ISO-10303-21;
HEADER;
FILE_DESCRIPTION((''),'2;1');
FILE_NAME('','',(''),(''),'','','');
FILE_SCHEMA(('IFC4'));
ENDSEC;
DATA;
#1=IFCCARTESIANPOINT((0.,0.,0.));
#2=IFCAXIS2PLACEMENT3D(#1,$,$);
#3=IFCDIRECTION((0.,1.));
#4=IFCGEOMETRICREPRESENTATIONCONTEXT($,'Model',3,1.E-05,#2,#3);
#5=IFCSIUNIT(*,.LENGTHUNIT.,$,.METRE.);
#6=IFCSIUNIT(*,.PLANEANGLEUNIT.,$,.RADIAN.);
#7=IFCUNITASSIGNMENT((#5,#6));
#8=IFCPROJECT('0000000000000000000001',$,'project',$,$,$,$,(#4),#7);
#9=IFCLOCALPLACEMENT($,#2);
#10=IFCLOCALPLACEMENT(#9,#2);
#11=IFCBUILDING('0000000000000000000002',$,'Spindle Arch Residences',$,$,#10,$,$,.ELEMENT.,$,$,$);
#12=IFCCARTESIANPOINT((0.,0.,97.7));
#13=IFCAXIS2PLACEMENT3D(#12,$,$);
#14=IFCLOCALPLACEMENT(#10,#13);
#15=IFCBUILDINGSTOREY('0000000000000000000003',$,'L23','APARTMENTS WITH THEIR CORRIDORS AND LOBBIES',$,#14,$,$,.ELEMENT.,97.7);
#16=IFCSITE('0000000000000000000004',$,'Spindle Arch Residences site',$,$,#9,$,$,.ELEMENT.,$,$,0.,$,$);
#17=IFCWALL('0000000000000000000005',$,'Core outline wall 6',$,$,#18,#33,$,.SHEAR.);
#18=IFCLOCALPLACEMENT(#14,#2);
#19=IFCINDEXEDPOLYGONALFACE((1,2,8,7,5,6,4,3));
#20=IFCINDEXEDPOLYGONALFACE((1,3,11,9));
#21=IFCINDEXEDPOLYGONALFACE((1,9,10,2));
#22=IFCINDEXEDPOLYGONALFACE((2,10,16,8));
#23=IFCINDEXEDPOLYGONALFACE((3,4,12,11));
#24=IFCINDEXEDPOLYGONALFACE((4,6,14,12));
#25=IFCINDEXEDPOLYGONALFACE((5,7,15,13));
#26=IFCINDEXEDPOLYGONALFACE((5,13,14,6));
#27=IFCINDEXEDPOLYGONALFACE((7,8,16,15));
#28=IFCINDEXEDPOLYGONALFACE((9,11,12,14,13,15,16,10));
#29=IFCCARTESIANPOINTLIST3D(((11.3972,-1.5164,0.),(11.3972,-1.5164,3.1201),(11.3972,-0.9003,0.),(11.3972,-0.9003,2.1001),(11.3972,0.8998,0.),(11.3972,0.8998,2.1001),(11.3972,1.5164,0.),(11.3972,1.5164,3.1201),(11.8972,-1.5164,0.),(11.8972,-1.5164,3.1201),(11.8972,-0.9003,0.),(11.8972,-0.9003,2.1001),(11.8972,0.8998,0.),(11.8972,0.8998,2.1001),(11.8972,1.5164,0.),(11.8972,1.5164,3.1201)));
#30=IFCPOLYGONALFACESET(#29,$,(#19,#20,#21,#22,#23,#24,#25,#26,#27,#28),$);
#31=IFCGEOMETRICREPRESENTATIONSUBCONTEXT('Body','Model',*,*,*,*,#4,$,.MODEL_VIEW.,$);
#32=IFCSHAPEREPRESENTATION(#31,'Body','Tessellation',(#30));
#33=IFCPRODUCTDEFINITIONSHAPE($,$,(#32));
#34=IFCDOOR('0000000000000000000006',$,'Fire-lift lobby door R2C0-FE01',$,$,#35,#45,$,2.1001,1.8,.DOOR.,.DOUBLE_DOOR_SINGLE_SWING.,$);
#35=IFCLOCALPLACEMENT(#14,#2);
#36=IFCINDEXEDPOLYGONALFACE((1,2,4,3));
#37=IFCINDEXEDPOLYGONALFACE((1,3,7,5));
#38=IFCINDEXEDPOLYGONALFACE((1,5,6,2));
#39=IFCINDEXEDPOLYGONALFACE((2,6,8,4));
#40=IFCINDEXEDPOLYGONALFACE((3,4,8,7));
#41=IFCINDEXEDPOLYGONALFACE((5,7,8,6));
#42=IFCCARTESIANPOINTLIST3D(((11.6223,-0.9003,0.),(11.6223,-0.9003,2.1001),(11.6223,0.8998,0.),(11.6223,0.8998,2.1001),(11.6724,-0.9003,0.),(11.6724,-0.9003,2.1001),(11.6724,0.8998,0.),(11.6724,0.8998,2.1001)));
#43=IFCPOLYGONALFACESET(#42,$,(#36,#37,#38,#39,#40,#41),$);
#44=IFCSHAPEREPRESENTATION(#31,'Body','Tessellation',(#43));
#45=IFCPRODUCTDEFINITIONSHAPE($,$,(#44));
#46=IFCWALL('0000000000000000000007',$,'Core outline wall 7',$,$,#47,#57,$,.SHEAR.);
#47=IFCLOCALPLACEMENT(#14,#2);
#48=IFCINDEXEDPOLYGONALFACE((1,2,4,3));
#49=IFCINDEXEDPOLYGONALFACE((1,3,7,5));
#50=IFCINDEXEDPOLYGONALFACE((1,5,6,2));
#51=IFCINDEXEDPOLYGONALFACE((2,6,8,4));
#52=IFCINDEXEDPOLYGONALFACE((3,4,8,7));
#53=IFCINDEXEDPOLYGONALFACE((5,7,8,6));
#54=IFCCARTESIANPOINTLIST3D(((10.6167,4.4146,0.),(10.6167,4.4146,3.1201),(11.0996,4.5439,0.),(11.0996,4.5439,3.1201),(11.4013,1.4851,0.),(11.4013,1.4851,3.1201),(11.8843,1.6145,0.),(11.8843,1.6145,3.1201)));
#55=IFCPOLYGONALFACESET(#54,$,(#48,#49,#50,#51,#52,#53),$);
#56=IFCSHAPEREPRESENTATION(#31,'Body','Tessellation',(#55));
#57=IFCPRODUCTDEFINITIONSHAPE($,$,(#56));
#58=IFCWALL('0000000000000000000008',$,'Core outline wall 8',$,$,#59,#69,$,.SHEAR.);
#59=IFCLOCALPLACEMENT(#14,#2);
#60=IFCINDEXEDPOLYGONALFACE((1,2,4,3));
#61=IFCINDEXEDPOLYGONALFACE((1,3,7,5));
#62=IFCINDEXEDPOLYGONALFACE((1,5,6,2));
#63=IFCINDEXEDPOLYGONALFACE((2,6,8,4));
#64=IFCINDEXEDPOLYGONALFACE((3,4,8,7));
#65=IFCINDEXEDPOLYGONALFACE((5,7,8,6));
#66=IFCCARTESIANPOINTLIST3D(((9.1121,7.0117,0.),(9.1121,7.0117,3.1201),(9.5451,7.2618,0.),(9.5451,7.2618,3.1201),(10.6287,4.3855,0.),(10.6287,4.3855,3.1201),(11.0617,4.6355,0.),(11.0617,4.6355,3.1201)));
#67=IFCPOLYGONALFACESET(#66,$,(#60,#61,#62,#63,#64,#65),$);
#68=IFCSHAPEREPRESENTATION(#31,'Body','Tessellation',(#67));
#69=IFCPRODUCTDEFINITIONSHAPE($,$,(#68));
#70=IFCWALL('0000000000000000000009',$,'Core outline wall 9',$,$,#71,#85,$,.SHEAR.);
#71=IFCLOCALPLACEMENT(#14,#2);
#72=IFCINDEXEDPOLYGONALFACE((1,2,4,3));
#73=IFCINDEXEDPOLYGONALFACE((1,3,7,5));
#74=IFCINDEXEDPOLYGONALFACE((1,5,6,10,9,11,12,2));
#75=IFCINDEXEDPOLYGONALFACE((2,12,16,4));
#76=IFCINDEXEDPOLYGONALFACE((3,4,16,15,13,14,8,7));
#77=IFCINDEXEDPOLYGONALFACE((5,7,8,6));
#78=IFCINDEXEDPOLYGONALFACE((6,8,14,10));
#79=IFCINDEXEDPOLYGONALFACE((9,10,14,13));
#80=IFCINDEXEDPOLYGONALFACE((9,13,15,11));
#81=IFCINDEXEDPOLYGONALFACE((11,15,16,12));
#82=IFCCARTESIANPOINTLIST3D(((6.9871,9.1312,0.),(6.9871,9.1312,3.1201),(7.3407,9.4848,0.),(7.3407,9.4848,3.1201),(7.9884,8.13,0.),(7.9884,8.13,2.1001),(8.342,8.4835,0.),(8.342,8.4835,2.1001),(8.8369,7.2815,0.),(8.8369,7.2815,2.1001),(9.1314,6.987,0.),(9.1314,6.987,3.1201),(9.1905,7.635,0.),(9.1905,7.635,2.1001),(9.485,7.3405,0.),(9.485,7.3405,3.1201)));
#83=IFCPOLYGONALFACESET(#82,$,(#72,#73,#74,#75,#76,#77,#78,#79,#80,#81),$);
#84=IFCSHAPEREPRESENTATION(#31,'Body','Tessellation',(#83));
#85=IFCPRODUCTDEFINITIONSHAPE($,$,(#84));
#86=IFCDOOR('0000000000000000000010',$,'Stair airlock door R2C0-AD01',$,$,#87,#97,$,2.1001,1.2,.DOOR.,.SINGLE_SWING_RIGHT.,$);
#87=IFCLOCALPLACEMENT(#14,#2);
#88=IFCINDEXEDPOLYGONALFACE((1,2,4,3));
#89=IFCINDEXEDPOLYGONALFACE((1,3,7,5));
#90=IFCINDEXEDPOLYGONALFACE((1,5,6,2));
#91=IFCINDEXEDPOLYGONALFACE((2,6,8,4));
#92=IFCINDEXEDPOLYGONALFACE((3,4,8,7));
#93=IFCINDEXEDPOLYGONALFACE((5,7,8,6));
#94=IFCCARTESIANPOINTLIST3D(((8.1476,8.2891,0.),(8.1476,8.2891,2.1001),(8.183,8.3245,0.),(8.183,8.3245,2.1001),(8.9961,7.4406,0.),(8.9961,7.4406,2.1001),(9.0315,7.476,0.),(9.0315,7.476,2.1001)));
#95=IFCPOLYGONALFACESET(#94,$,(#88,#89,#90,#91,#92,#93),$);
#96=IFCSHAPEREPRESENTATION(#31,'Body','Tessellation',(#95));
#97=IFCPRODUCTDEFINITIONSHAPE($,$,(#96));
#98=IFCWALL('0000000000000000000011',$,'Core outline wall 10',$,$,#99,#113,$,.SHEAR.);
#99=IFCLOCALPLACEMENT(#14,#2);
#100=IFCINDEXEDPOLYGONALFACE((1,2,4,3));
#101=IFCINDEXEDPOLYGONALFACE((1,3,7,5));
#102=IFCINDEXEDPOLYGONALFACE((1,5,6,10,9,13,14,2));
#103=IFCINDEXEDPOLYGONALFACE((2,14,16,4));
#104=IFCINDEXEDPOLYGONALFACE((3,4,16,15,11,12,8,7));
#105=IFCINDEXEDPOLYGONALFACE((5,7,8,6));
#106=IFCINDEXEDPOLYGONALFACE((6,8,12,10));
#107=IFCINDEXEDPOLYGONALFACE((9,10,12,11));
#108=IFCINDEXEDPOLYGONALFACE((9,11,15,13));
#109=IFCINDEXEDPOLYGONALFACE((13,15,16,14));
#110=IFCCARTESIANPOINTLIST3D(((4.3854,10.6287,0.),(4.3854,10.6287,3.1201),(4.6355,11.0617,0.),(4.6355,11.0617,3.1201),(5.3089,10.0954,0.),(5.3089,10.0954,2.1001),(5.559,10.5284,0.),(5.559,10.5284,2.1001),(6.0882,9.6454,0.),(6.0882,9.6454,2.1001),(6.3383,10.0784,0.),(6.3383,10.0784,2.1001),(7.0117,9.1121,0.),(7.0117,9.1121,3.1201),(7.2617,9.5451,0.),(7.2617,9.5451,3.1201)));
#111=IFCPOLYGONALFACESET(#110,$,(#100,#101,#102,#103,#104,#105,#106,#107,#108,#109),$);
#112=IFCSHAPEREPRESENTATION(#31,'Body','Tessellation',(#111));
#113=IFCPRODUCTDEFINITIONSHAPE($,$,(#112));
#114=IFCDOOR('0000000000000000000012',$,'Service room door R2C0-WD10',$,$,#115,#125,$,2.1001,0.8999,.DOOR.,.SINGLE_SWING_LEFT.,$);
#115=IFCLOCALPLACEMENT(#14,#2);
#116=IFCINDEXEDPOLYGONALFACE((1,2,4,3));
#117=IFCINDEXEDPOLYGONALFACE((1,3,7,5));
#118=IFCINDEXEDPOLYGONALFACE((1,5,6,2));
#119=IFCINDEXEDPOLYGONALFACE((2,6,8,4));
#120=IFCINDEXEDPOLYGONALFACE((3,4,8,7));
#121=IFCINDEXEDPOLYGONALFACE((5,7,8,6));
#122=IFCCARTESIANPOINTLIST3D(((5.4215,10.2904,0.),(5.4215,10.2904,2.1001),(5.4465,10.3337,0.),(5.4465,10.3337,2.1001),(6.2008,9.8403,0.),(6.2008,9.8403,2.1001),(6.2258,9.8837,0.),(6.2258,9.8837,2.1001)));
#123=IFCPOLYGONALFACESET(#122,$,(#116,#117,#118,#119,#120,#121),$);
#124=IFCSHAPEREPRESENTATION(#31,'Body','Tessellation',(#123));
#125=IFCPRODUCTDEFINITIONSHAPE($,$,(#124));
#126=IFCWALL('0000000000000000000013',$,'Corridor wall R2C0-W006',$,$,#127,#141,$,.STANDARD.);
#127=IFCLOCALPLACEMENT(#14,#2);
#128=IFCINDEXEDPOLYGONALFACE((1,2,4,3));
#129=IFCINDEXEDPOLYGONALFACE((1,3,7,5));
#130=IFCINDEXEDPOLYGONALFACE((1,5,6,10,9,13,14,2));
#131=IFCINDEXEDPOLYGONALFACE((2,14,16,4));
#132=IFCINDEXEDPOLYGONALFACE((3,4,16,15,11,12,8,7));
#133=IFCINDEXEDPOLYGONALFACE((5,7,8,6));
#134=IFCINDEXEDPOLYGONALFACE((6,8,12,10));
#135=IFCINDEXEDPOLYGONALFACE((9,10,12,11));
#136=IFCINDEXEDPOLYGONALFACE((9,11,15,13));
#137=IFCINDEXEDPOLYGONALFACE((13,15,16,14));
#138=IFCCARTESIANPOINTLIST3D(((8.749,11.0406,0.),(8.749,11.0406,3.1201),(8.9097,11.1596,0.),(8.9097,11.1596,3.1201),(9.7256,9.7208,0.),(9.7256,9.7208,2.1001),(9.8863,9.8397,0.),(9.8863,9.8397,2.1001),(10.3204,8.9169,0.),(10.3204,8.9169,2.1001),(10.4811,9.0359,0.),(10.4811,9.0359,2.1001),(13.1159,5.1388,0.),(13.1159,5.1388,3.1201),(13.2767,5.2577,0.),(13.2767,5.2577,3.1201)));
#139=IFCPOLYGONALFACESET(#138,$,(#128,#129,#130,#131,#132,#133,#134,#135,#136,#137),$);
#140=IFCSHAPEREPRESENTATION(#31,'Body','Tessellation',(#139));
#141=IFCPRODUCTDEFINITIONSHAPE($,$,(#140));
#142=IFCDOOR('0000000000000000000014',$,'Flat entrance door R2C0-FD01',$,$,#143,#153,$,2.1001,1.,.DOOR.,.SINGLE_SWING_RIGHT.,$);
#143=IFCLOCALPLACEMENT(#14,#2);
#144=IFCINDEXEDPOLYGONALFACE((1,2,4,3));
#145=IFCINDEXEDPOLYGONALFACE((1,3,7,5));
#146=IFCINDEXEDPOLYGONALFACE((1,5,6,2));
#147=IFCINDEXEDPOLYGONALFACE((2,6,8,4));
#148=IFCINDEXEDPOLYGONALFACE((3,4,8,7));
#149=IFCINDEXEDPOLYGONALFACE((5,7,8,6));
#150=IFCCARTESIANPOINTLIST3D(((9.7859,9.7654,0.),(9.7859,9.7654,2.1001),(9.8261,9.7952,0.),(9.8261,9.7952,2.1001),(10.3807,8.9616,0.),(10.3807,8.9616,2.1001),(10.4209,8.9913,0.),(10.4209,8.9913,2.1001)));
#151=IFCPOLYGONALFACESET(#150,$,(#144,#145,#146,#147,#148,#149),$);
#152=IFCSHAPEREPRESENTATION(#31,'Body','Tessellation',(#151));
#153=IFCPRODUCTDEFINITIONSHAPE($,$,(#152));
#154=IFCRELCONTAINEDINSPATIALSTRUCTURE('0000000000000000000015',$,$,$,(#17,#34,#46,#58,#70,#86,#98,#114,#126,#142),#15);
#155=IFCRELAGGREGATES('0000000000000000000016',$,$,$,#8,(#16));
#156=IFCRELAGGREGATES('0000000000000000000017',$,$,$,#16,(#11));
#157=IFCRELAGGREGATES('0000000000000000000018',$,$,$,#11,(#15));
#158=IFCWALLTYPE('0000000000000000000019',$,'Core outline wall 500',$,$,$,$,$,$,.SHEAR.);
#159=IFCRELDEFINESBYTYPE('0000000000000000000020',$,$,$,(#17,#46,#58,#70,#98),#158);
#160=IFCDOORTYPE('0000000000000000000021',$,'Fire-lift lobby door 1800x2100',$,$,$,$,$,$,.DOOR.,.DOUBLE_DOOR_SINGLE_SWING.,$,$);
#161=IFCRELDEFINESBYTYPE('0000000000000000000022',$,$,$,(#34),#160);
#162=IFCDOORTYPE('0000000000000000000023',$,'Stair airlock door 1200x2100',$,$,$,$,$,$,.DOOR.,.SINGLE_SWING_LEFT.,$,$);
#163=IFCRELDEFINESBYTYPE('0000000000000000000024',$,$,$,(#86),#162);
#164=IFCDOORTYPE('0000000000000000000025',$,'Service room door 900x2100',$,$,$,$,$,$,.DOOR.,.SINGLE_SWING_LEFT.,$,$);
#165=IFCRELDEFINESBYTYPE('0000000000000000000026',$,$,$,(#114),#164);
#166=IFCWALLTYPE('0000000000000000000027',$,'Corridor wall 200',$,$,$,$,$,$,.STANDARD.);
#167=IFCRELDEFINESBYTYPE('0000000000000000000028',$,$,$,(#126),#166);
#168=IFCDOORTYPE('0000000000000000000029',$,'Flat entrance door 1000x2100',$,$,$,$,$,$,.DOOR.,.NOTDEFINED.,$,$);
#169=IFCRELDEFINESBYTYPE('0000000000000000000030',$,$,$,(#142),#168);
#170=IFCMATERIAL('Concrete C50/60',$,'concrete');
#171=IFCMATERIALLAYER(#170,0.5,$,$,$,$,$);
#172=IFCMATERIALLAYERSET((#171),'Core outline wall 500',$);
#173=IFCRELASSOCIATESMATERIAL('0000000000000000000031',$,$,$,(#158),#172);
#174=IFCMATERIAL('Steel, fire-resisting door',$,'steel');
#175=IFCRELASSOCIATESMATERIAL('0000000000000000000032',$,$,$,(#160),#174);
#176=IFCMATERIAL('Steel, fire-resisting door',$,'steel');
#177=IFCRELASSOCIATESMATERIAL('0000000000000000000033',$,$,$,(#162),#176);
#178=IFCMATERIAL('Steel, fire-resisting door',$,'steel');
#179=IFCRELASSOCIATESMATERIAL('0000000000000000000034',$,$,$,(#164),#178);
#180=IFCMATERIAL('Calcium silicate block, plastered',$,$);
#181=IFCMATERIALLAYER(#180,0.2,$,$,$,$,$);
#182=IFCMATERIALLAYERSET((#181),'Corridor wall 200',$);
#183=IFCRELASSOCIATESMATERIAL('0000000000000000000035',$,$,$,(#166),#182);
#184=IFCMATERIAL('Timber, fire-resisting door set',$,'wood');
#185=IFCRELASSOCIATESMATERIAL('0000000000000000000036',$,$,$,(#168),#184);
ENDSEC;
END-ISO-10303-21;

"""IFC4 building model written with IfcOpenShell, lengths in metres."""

from ifc_helpers import new_model, si_unit, direction, frame, frame_2d, origin, place, context, subcontext, project, spatial, rectangle, extrude, material, layer, layer_set, type_object, element, fill, save


model = new_model("IFC4")

# Units and contexts
model_context = context("Model", 3, precision=1e-05, world=origin(), true_north=direction((0.0, 1.0)))
body_context = subcontext(model_context, "Body", "Model", "MODEL_VIEW")
ifc_project = project(units=[si_unit("LENGTHUNIT", "METRE"), si_unit("PLANEANGLEUNIT", "RADIAN")], contexts=[model_context])

# Site, building, storey
site_placement = place(None, origin())
site = spatial("IfcSite", under=ifc_project, at=site_placement, Name="Spindle Arch Residences site", CompositionType="ELEMENT", RefElevation=0.0)
building_placement = place(site_placement, origin())
building = spatial("IfcBuilding", under=site, at=building_placement, Name="Spindle Arch Residences", CompositionType="ELEMENT")
storey_placement = place(building_placement, frame((0.0, 0.0, 97.7)))
storey = spatial("IfcBuildingStorey", under=building, at=storey_placement, Name="L23", Description="APARTMENTS WITH THEIR CORRIDORS AND LOBBIES", CompositionType="ELEMENT", Elevation=97.7)

# Wall, opening, door
ifc_material_1 = material(Name="Concrete C50/60", Category="concrete")
ifc_layer_1 = layer(ifc_material_1, 0.5)
ifc_layer_set_1 = layer_set([ifc_layer_1], Name="Core outline wall 500")
wall_type_1 = type_object("IfcWallType", Name="Core outline wall 500", PredefinedType="SHEAR", material=ifc_layer_set_1)
wall_1_placement = place(storey_placement, frame((11.6472, -1.5164, 0.0), z_axis=(0.0, 0.0, 1.0), x_axis=(0.0, 1.0, 0.0)))
wall_1 = element("IfcWall", 1, at=wall_1_placement, inside=storey, type_object=wall_type_1, Name="Core outline wall 6", PredefinedType="SHEAR", context=body_context, shape_type="SweptSolid", body=[
    extrude(rectangle(XDim=3.0327, YDim=0.5, at=frame_2d((1.5164, 0.0))), origin(), (0.0, 0.0, 1.0), 3.1201),
])
opening_1_placement = place(wall_1_placement, frame((0.6162, 0.0, 0.0)))
opening_1 = element("IfcOpeningElement", 2, at=opening_1_placement, cuts=wall_1, PredefinedType="OPENING", context=body_context, shape_type="SweptSolid", body=[
    extrude(rectangle(XDim=1.8, YDim=2.1001, at=frame_2d((0.8999, 1.05))), frame((0.0, 0.26, 0.0), z_axis=(0.0, -1.0, 0.0), x_axis=(1.0, 0.0, 0.0)), (0.0, 0.0, 1.0), 0.52),
])
ifc_material_2 = material(Name="Steel, fire-resisting door", Category="steel")
door_type_1 = type_object("IfcDoorType", Name="Fire-lift lobby door 1800x2100", OperationType="DOUBLE_DOOR_SINGLE_SWING", PredefinedType="DOOR", material=ifc_material_2)
door_1_placement = place(opening_1_placement, origin())
door_1 = element("IfcDoor", 3, at=door_1_placement, inside=storey, type_object=door_type_1, Name="Fire-lift lobby door R2C0-FE01", OperationType="DOUBLE_DOOR_SINGLE_SWING", OverallHeight=2.1001, OverallWidth=1.8, PredefinedType="DOOR", context=body_context, shape_type="SweptSolid", body=[
    extrude(rectangle(XDim=1.8, YDim=2.1001, at=frame_2d((0.8999, 1.05))), frame((0.0, 0.0249, 0.0), z_axis=(0.0, -1.0, 0.0), x_axis=(1.0, 0.0, 0.0)), (0.0, 0.0, 1.0), 0.05),
])
fill(opening_1, door_1)

# Walls
for number, where, z_axis, x_axis, name in (
    (4, (11.6428, 1.5498, 0.0), (0.0, 0.0, 1.0), (-0.258735, 0.965948, 0.0), "Core outline wall 7"),
    (5, (10.8452, 4.5105, 0.0), (0.0, 0.0, 1.0), (-0.500087, 0.865975, 0.0), "Core outline wall 8"),
):
    element("IfcWall", number, at=place(storey_placement, frame(where, z_axis=z_axis, x_axis=x_axis)), inside=storey, type_object=wall_type_1, Name=name, PredefinedType="SHEAR", context=body_context, shape_type="SweptSolid", body=[
        extrude(rectangle(XDim=3.0327, YDim=0.5, at=frame_2d((1.5164, 0.0))), origin(), (0.0, 0.0, 1.0), 3.1201),
    ])

# Walls, openings, doors
wall_2_placement = place(storey_placement, frame((9.3081, 7.1638, 0.0), z_axis=(0.0, 0.0, 1.0), x_axis=(-0.707107, 0.707107, 0.0)))
wall_2 = element("IfcWall", 6, at=wall_2_placement, inside=storey, type_object=wall_type_1, Name="Core outline wall 9", PredefinedType="SHEAR", context=body_context, shape_type="SweptSolid", body=[
    extrude(rectangle(XDim=3.0325, YDim=0.5, at=frame_2d((1.5161, 0.0))), origin(), (0.0, 0.0, 1.0), 3.1201),
])
opening_2_placement = place(wall_2_placement, frame((0.4163, 0.0, 0.0)))
opening_2 = element("IfcOpeningElement", 7, at=opening_2_placement, cuts=wall_2, PredefinedType="OPENING", context=body_context, shape_type="SweptSolid", body=[
    extrude(rectangle(XDim=1.2, YDim=2.1001, at=frame_2d((0.6001, 1.05))), frame((0.0, 0.26, 0.0), z_axis=(0.0, -1.0, 0.0), x_axis=(1.0, 0.0, 0.0)), (0.0, 0.0, 1.0), 0.52),
])
ifc_material_3 = material(Name="Steel, fire-resisting door", Category="steel")
door_type_2 = type_object("IfcDoorType", Name="Stair airlock door 1200x2100", OperationType="SINGLE_SWING_LEFT", PredefinedType="DOOR", material=ifc_material_3)
door_2_placement = place(opening_2_placement, origin())
door_2 = element("IfcDoor", 8, at=door_2_placement, inside=storey, type_object=door_type_2, Name="Stair airlock door R2C0-AD01", OperationType="SINGLE_SWING_RIGHT", OverallHeight=2.1001, OverallWidth=1.2, PredefinedType="DOOR", context=body_context, shape_type="SweptSolid", body=[
    extrude(rectangle(XDim=1.2, YDim=2.1001, at=frame_2d((0.6001, 1.05))), frame((0.0, 0.0249, 0.0), z_axis=(0.0, -1.0, 0.0), x_axis=(1.0, 0.0, 0.0)), (0.0, 0.0, 1.0), 0.05),
])
fill(opening_2, door_2)
wall_3_placement = place(storey_placement, frame((7.1367, 9.3286, 0.0), z_axis=(0.0, 0.0, 1.0), x_axis=(-0.865975, 0.500087, 0.0)))
wall_3 = element("IfcWall", 9, at=wall_3_placement, inside=storey, type_object=wall_type_1, Name="Core outline wall 10", PredefinedType="SHEAR", context=body_context, shape_type="SweptSolid", body=[
    extrude(rectangle(XDim=3.0327, YDim=0.5, at=frame_2d((1.5164, 0.0))), origin(), (0.0, 0.0, 1.0), 3.1201),
])
opening_3_placement = place(wall_3_placement, frame((1.0664, 0.0, 0.0)))
opening_3 = element("IfcOpeningElement", 10, at=opening_3_placement, cuts=wall_3, PredefinedType="OPENING", context=body_context, shape_type="SweptSolid", body=[
    extrude(rectangle(XDim=0.8999, YDim=2.1001, at=frame_2d((0.45, 1.05))), frame((0.0, 0.26, 0.0), z_axis=(0.0, -1.0, 0.0), x_axis=(1.0, 0.0, 0.0)), (0.0, 0.0, 1.0), 0.52),
])
ifc_material_4 = material(Name="Steel, fire-resisting door", Category="steel")
door_type_3 = type_object("IfcDoorType", Name="Service room door 900x2100", OperationType="SINGLE_SWING_LEFT", PredefinedType="DOOR", material=ifc_material_4)
door_3_placement = place(opening_3_placement, origin())
door_3 = element("IfcDoor", 11, at=door_3_placement, inside=storey, type_object=door_type_3, Name="Service room door R2C0-WD10", OperationType="SINGLE_SWING_LEFT", OverallHeight=2.1001, OverallWidth=0.8999, PredefinedType="DOOR", context=body_context, shape_type="SweptSolid", body=[
    extrude(rectangle(XDim=0.8999, YDim=2.1001, at=frame_2d((0.45, 1.05))), frame((0.0, 0.0249, 0.0), z_axis=(0.0, -1.0, 0.0), x_axis=(1.0, 0.0, 0.0)), (0.0, 0.0, 1.0), 0.05),
])
fill(opening_3, door_3)
ifc_material_5 = material(Name="Calcium silicate block, plastered")
ifc_layer_2 = layer(ifc_material_5, 0.2)
ifc_layer_set_2 = layer_set([ifc_layer_2], Name="Corridor wall 200")
wall_type_2 = type_object("IfcWallType", Name="Corridor wall 200", PredefinedType="STANDARD", material=ifc_layer_set_2)
wall_4_placement = place(storey_placement, frame((13.1963, 5.1982, 0.0), z_axis=(0.0, 0.0, 1.0), x_axis=(-0.594805, 0.80387, 0.0)))
wall_4 = element("IfcWall", 12, at=wall_4_placement, inside=storey, type_object=wall_type_2, Name="Corridor wall R2C0-W006", PredefinedType="STANDARD", context=body_context, shape_type="SweptSolid", body=[
    extrude(rectangle(XDim=7.3418, YDim=0.2, at=frame_2d((3.6709, 0.0))), origin(), (0.0, 0.0, 1.0), 3.1201),
])
opening_4_placement = place(wall_4_placement, frame((4.7, 0.0, 0.0)))
opening_4 = element("IfcOpeningElement", 13, at=opening_4_placement, cuts=wall_4, PredefinedType="OPENING", context=body_context, shape_type="SweptSolid", body=[
    extrude(rectangle(XDim=1.0, YDim=2.1001, at=frame_2d((0.5, 1.05))), frame((0.0, 0.1099, 0.0), z_axis=(0.0, -1.0, 0.0), x_axis=(1.0, 0.0, 0.0)), (0.0, 0.0, 1.0), 0.22),
])
ifc_material_6 = material(Name="Timber, fire-resisting door set", Category="wood")
door_type_4 = type_object("IfcDoorType", Name="Flat entrance door 1000x2100", OperationType="NOTDEFINED", PredefinedType="DOOR", material=ifc_material_6)
door_4_placement = place(opening_4_placement, origin())
door_4 = element("IfcDoor", 14, at=door_4_placement, inside=storey, type_object=door_type_4, Name="Flat entrance door R2C0-FD01", OperationType="SINGLE_SWING_RIGHT", OverallHeight=2.1001, OverallWidth=1.0, PredefinedType="DOOR", context=body_context, shape_type="SweptSolid", body=[
    extrude(rectangle(XDim=1.0, YDim=2.1001, at=frame_2d((0.5, 1.05))), frame((0.0, 0.0249, 0.0), z_axis=(0.0, -1.0, 0.0), x_axis=(1.0, 0.0, 0.0)), (0.0, 0.0, 1.0), 0.05),
])
fill(opening_4, door_4)

save(model, "model.ifc")
